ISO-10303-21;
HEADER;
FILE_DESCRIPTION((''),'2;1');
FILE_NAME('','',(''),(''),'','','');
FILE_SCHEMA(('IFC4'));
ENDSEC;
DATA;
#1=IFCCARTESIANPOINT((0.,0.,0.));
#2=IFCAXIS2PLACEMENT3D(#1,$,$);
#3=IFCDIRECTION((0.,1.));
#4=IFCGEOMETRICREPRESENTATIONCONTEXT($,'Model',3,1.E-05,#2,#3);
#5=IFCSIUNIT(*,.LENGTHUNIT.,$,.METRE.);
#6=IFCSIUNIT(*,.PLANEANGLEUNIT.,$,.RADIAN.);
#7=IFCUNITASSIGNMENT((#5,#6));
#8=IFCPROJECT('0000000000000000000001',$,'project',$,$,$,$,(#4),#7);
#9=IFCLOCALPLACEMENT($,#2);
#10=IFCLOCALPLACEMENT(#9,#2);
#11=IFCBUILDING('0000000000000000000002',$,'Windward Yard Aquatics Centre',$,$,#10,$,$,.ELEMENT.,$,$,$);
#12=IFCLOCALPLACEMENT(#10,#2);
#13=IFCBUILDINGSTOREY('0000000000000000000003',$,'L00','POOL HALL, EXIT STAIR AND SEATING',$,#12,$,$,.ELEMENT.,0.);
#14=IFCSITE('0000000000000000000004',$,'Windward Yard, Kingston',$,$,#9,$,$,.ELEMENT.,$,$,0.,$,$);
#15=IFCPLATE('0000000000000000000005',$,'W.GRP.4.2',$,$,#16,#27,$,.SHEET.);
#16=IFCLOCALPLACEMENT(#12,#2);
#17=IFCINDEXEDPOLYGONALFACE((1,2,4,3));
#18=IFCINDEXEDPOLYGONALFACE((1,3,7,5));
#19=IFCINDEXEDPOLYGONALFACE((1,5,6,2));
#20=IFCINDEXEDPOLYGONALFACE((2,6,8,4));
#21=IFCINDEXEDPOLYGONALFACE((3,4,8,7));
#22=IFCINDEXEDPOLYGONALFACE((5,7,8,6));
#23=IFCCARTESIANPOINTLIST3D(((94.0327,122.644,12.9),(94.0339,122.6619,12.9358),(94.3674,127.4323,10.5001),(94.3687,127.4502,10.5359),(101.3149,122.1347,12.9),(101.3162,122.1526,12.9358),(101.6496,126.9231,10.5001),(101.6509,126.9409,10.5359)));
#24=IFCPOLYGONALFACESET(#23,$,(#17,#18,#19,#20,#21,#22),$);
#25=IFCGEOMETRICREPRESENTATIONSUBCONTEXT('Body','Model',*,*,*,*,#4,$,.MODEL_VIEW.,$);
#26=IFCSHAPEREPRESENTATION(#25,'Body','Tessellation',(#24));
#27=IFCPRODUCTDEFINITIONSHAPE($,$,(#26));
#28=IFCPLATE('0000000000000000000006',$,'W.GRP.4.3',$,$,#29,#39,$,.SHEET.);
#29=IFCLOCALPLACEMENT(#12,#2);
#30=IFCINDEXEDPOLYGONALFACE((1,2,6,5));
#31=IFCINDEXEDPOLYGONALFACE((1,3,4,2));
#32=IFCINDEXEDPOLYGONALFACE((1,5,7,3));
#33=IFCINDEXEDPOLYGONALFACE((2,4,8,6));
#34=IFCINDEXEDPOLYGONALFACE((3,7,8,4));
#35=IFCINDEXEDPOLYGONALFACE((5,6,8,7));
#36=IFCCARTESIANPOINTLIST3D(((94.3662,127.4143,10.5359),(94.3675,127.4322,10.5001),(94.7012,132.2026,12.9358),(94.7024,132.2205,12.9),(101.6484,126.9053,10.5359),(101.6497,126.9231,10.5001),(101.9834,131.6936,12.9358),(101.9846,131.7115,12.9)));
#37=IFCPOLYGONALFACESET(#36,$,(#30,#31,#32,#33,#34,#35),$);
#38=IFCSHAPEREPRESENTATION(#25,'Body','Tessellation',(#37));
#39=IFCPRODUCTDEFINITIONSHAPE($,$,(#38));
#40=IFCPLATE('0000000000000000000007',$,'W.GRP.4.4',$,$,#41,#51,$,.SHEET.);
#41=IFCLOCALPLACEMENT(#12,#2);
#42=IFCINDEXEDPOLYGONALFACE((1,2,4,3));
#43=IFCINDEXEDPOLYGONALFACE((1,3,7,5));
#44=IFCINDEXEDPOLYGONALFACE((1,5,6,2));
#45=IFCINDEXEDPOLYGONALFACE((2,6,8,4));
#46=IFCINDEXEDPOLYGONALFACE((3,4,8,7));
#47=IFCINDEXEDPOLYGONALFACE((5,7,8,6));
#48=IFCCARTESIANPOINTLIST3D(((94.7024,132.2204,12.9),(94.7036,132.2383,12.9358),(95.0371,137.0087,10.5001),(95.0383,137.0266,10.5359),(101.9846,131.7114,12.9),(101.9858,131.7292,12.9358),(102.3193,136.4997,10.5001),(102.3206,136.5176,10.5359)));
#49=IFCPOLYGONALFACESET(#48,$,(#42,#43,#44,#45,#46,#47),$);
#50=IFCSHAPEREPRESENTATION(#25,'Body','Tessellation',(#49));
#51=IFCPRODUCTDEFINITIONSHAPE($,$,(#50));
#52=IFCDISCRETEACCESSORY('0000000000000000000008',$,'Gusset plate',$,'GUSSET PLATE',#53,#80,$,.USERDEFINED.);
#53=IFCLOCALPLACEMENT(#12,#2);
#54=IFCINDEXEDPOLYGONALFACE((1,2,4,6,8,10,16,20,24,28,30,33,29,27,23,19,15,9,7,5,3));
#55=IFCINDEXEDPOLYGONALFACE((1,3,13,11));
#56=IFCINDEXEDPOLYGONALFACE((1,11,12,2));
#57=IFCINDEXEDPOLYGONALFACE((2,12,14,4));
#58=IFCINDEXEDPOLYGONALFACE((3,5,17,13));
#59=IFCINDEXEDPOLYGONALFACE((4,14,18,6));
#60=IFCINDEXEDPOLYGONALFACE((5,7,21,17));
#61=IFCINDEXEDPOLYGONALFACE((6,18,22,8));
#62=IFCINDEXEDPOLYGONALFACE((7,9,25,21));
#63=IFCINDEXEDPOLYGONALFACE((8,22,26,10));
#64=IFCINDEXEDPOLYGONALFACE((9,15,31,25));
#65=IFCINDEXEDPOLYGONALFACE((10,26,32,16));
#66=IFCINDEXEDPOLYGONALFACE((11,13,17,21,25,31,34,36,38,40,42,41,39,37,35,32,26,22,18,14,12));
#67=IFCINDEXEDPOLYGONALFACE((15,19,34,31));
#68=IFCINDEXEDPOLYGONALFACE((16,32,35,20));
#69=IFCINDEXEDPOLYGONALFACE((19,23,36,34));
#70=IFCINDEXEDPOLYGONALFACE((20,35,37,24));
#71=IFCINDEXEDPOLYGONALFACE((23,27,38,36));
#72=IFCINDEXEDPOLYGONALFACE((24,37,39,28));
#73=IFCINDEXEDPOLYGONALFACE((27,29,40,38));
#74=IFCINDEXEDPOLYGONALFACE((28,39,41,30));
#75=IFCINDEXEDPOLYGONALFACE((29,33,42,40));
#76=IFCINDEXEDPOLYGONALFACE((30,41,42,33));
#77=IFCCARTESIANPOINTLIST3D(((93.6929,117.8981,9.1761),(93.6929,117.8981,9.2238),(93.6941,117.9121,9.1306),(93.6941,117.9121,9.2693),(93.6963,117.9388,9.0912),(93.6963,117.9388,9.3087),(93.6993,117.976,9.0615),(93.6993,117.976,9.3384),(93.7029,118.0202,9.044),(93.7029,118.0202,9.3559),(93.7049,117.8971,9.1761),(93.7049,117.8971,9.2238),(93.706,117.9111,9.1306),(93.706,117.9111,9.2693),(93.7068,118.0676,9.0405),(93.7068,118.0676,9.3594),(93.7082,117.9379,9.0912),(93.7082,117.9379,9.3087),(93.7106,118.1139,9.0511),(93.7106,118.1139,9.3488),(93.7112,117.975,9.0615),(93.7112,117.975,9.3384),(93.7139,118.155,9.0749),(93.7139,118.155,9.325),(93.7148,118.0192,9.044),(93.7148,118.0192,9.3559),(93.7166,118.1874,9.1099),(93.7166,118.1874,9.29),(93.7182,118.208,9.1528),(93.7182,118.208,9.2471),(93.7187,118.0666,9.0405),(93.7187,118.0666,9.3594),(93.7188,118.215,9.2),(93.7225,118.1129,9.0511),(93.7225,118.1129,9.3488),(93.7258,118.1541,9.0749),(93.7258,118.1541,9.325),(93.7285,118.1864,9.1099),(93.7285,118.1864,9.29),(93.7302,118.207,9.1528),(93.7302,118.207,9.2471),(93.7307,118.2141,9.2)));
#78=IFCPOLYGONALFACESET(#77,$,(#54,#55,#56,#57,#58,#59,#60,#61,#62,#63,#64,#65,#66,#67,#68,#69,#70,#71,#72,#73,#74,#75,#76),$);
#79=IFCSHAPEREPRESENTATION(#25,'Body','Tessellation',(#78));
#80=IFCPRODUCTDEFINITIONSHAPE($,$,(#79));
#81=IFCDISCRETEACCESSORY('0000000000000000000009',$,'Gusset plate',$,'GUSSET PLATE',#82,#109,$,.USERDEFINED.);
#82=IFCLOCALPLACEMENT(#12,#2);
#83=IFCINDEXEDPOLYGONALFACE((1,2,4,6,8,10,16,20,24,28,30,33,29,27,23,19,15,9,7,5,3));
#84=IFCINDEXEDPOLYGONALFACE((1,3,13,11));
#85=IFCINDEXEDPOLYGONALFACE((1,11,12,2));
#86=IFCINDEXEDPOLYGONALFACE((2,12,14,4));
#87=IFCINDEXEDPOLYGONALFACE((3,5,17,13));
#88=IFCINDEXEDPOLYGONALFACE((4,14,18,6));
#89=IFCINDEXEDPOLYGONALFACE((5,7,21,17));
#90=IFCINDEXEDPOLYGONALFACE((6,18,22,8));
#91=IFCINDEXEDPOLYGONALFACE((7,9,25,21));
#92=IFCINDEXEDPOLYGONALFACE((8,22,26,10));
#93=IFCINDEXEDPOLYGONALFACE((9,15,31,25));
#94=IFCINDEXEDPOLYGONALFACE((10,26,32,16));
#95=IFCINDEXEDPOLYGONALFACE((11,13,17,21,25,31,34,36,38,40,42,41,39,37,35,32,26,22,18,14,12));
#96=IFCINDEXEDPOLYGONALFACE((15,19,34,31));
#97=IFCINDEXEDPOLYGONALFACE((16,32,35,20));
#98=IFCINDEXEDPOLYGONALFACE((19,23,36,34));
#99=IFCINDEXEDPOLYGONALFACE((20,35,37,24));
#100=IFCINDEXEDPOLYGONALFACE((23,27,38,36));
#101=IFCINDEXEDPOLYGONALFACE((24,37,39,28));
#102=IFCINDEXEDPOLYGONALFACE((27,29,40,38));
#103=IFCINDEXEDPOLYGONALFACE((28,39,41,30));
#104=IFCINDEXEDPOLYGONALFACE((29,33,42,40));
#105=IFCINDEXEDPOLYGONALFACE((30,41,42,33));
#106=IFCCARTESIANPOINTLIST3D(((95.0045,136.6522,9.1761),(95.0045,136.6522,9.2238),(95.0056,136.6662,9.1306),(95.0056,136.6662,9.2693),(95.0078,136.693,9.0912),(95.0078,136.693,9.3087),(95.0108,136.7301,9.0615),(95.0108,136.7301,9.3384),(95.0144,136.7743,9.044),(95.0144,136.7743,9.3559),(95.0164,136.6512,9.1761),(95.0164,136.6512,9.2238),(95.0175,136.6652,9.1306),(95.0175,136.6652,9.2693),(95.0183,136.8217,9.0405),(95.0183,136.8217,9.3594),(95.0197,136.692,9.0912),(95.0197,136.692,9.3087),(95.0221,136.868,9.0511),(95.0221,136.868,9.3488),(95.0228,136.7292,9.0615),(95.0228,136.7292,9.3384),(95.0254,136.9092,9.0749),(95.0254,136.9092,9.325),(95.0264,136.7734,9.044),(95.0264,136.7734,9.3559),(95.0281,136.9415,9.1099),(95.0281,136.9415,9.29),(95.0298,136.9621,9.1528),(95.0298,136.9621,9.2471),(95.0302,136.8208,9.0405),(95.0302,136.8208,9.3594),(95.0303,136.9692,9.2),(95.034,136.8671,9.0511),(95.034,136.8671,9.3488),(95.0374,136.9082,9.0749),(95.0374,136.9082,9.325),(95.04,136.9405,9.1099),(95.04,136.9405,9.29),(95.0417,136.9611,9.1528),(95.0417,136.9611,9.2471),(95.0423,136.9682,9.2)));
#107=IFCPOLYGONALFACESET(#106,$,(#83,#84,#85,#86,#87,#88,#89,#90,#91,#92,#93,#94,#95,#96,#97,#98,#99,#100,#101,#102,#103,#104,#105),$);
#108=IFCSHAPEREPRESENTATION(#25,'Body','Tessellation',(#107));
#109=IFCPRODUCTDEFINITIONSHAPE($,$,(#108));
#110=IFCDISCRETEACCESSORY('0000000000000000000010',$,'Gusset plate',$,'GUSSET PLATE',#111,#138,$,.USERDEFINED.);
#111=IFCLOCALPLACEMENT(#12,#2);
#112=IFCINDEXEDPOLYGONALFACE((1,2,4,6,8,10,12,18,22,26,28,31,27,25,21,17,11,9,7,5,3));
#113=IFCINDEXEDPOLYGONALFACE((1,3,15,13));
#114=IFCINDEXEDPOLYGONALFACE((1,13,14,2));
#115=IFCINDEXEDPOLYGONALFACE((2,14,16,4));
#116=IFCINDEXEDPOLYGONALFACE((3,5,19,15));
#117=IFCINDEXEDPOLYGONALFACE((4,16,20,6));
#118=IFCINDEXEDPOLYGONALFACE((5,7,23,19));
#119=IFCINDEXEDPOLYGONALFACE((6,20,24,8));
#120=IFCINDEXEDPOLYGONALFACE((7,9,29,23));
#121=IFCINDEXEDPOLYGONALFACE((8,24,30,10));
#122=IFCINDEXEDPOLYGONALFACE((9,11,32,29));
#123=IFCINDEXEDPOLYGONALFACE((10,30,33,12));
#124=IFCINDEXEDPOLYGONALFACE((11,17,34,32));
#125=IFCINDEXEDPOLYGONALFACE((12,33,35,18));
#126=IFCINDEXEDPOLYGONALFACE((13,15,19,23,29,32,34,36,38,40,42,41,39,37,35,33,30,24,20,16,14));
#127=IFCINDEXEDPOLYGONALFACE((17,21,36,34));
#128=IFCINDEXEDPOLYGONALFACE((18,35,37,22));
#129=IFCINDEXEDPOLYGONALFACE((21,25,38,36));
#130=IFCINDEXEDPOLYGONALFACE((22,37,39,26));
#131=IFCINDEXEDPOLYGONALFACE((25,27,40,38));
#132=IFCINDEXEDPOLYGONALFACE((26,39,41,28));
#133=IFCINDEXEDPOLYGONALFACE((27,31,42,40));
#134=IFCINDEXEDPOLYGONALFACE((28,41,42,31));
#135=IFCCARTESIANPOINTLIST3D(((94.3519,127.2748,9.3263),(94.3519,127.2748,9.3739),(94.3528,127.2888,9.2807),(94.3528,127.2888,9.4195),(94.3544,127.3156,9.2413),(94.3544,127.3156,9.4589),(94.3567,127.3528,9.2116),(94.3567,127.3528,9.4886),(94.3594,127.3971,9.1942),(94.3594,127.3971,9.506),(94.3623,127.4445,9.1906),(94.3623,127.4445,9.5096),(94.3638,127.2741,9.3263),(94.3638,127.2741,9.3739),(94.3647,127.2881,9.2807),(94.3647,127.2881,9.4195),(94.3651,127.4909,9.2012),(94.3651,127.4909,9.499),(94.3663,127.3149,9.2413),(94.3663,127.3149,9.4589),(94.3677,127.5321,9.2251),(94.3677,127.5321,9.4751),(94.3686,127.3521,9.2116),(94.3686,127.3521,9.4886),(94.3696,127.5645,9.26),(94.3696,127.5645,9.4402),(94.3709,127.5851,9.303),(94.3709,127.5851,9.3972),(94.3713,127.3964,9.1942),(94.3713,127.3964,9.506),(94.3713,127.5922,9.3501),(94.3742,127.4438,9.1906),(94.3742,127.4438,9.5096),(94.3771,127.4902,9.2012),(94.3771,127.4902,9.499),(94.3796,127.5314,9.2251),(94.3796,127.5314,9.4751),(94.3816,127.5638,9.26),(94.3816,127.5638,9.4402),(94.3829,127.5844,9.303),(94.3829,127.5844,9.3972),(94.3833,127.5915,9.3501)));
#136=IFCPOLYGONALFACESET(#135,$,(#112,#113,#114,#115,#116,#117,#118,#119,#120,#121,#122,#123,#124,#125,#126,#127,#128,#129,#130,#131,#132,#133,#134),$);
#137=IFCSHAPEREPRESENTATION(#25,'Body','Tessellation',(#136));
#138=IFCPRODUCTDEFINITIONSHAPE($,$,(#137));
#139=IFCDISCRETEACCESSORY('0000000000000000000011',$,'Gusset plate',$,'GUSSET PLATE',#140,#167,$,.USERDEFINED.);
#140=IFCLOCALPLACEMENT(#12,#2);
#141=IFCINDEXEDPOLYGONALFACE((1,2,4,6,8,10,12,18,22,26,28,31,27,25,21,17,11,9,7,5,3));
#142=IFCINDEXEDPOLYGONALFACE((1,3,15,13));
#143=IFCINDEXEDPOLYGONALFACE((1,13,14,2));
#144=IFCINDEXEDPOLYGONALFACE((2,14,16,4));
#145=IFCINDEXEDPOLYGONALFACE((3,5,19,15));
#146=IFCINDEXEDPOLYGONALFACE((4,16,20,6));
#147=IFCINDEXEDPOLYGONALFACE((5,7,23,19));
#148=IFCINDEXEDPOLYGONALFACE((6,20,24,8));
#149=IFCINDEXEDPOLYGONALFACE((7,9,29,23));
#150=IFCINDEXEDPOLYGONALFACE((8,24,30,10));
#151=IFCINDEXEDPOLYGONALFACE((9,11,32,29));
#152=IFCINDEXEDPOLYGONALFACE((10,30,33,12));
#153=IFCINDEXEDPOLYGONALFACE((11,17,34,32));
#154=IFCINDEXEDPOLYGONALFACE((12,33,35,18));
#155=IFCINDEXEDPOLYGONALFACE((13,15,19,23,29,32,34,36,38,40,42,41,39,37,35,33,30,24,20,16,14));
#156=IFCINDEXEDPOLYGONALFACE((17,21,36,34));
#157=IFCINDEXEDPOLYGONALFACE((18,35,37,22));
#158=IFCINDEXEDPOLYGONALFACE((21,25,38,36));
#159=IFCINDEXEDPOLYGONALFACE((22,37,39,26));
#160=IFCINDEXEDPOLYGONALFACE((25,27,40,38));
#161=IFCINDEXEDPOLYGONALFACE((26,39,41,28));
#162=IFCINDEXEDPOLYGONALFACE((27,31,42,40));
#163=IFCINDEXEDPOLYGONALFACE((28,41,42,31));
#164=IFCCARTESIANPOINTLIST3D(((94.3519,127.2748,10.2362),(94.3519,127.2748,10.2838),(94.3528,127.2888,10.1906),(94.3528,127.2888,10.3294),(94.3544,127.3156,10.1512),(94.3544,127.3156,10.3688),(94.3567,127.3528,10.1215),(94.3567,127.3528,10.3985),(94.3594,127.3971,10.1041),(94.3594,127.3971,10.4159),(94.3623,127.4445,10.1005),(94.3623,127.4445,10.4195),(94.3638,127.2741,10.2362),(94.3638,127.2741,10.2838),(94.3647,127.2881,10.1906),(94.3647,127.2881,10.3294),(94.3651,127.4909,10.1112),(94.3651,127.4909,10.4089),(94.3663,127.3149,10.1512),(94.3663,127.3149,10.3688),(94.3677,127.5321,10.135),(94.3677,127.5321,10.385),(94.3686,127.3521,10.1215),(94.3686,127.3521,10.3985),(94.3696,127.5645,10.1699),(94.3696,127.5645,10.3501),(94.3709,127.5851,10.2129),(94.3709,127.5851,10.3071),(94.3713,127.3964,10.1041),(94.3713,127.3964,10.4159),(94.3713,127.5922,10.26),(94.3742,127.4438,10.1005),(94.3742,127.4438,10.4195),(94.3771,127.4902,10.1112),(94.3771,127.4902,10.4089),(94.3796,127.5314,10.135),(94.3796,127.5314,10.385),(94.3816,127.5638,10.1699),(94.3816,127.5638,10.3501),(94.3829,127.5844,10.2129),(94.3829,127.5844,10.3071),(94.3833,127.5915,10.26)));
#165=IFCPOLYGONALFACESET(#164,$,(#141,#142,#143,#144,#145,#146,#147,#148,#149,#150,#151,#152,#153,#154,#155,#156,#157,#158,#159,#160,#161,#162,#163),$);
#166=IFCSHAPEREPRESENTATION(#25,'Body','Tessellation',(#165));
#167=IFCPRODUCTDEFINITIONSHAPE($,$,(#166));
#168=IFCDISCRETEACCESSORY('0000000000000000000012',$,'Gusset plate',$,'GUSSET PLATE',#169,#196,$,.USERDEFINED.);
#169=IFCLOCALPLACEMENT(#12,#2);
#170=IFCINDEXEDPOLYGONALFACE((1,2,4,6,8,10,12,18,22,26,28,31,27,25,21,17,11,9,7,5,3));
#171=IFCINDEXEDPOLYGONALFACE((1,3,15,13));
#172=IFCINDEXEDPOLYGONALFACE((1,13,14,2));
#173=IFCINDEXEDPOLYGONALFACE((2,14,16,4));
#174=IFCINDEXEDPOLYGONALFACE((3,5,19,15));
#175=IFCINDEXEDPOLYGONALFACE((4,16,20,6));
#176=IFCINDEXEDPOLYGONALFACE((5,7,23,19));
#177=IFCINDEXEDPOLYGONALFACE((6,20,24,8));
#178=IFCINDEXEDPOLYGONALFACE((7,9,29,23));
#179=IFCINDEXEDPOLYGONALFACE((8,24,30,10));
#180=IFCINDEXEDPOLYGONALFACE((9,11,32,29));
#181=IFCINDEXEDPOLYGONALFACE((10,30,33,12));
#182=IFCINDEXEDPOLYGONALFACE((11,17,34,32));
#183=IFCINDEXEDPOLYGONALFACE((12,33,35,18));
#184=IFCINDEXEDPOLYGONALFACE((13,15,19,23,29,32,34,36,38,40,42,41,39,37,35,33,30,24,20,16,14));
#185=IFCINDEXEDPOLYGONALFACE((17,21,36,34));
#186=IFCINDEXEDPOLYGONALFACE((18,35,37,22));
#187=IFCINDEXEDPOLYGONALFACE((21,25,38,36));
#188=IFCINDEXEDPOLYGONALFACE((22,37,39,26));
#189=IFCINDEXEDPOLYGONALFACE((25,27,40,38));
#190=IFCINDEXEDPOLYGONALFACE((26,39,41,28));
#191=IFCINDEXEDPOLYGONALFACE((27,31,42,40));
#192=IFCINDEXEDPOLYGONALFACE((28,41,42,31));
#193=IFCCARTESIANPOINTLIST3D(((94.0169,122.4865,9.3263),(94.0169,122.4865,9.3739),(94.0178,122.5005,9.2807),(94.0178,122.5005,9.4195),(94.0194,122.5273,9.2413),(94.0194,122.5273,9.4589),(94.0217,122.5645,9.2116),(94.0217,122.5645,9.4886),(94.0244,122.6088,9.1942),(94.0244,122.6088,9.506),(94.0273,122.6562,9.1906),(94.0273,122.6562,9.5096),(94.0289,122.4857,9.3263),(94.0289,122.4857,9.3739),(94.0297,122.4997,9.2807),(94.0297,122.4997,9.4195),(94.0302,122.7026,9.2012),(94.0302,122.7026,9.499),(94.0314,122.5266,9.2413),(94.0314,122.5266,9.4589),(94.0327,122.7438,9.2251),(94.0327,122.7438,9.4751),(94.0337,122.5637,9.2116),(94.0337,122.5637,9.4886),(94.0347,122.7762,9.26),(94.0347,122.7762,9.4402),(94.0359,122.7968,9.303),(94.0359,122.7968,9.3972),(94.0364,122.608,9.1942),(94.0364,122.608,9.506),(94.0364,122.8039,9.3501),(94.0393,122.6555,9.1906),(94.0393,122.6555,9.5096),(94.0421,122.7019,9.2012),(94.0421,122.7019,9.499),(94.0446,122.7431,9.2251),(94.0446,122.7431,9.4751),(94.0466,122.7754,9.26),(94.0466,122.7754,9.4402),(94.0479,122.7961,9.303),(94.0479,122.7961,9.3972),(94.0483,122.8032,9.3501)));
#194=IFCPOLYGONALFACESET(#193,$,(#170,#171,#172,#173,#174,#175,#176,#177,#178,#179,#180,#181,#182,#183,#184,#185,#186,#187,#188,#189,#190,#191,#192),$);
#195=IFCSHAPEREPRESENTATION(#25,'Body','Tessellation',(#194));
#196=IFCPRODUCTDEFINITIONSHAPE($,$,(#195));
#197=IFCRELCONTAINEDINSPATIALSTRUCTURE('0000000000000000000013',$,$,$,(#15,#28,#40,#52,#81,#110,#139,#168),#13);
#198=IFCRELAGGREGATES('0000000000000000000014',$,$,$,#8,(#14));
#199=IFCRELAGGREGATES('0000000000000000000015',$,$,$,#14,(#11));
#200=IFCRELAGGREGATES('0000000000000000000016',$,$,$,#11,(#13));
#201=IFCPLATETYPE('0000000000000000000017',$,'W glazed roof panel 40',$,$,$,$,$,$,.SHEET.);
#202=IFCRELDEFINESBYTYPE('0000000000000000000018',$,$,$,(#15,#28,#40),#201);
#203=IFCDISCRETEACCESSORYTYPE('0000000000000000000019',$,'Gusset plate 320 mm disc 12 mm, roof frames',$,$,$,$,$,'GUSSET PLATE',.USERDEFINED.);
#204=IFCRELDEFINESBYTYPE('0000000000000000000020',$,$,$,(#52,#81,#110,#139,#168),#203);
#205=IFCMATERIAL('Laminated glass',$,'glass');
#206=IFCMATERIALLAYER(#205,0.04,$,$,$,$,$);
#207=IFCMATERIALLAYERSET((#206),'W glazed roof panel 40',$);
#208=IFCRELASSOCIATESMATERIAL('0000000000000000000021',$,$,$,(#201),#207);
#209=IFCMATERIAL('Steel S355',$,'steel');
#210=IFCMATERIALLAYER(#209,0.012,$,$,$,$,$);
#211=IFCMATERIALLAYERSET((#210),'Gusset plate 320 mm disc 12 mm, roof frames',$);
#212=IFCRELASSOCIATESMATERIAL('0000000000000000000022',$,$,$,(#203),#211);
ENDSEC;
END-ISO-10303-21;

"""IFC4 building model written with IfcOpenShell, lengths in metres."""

from ifc_helpers import new_model, si_unit, direction, frame, origin, origin_2d, place, context, subcontext, project, spatial, polyline, circle, outline, extrude, material, layer, layer_set, type_object, element, save


model = new_model("IFC4")

# Units and contexts
model_context = context("Model", 3, precision=1e-05, world=origin(), true_north=direction((0.0, 1.0)))
body_context = subcontext(model_context, "Body", "Model", "MODEL_VIEW")
ifc_project = project(units=[si_unit("LENGTHUNIT", "METRE"), si_unit("PLANEANGLEUNIT", "RADIAN")], contexts=[model_context])

# Site, building, storey
site_placement = place(None, origin())
site = spatial("IfcSite", under=ifc_project, at=site_placement, Name="Windward Yard, Kingston", CompositionType="ELEMENT", RefElevation=0.0)
building_placement = place(site_placement, origin())
building = spatial("IfcBuilding", under=site, at=building_placement, Name="Windward Yard Aquatics Centre", CompositionType="ELEMENT")
storey_placement = place(building_placement, origin())
storey = spatial("IfcBuildingStorey", under=building, at=storey_placement, Name="L00", Description="POOL HALL, EXIT STAIR AND SEATING", CompositionType="ELEMENT", Elevation=0.0)

# Shared definitions
ifc_material_1 = material(Name="Steel S355", Category="steel")

# Plates
ifc_material_2 = material(Name="Laminated glass", Category="glass")
ifc_layer_1 = layer(ifc_material_2, 0.04)
ifc_layer_set_1 = layer_set([ifc_layer_1], Name="W glazed roof panel 40")
plate_type = type_object("IfcPlateType", Name="W glazed roof panel 40", PredefinedType="SHEET", material=ifc_layer_set_1)
plate_1_placement = place(storey_placement, frame((94.0339, 122.6619, 12.9358), z_axis=(0.031198, 0.446108, 0.894435), x_axis=(0.997564, -0.069764, 0.0)))
element("IfcPlate", 1, at=plate_1_placement, inside=storey, type_object=plate_type, Name="W.GRP.4.2", PredefinedType="SHEET", context=body_context, shape_type="SweptSolid", body=[
    extrude(outline(polyline([(0.0, 0.0), (7.3, 0.0), (7.2999, 5.3665), (-0.0002, 5.3665), (0.0, 0.0)])), origin(), (0.0, 0.0, -1.0), 0.04),
])
plate_2_placement = place(storey_placement, frame((94.3662, 127.4143, 10.5359), z_axis=(-0.031183, -0.446108, 0.894436), x_axis=(0.997566, -0.069731, 0.0)))
element("IfcPlate", 2, at=plate_2_placement, inside=storey, type_object=plate_type, Name="W.GRP.4.3", PredefinedType="SHEET", context=body_context, shape_type="SweptSolid", body=[
    extrude(outline(polyline([(0.0, 0.0), (7.3, 0.0), (7.3002, 5.3665), (0.0003, 5.3665), (0.0, 0.0)])), origin(), (0.0, 0.0, -1.0), 0.04),
])
plate_3_placement = place(storey_placement, frame((94.7036, 132.2383, 12.9358), z_axis=(0.031183, 0.446109, 0.894435), x_axis=(0.997566, -0.069731, 0.0)))
element("IfcPlate", 3, at=plate_3_placement, inside=storey, type_object=plate_type, Name="W.GRP.4.4", PredefinedType="SHEET", context=body_context, shape_type="SweptSolid", body=[
    extrude(outline(polyline([(0.0, 0.0), (7.3, 0.0), (7.3, 5.3665), (0.0, 5.3665), (0.0, 0.0)])), origin(), (0.0, 0.0, -1.0), 0.04),
])

# Discrete accessories
ifc_layer_2 = layer(ifc_material_1, 0.012)
ifc_layer_set_2 = layer_set([ifc_layer_2], Name="Gusset plate 320 mm disc 12 mm, roof frames")
discrete_accessory_type = type_object("IfcDiscreteAccessoryType", Name="Gusset plate 320 mm disc 12 mm, roof frames", ElementType="GUSSET PLATE", PredefinedType="USERDEFINED", material=ifc_layer_set_2)
for number, where, z_axis, x_axis, name in (
    (4, (93.7058, 118.0557, 9.2), (0.996685, -0.081362, 0.0), (0.081362, 0.996685, 0.0), "Gusset plate"),
    (5, (95.0173, 136.8098, 9.2), (0.996685, -0.081362, 0.0), (0.081362, 0.996685, 0.0), "Gusset plate"),
    (6, (94.3616, 127.4326, 9.3501), (0.998131, -0.06111, 0.0), (0.06111, 0.998131, 0.0), "Gusset plate"),
    (7, (94.3616, 127.4326, 10.26), (0.998131, -0.06111, 0.0), (0.06111, 0.998131, 0.0), "Gusset plate"),
    (8, (94.0266, 122.6443, 9.3501), (0.998131, -0.06111, 0.0), (0.06111, 0.998131, 0.0), "Gusset plate"),
):
    element("IfcDiscreteAccessory", number, at=place(storey_placement, frame(where, z_axis=z_axis, x_axis=x_axis)), inside=storey, type_object=discrete_accessory_type, Name=name, ObjectType="GUSSET PLATE", PredefinedType="USERDEFINED", context=body_context, shape_type="SweptSolid", body=[
        extrude(circle(Radius=0.1599, at=origin_2d()), origin(), (0.0, 0.0, 1.0), 0.012),
    ])

save(model, "model.ifc")
